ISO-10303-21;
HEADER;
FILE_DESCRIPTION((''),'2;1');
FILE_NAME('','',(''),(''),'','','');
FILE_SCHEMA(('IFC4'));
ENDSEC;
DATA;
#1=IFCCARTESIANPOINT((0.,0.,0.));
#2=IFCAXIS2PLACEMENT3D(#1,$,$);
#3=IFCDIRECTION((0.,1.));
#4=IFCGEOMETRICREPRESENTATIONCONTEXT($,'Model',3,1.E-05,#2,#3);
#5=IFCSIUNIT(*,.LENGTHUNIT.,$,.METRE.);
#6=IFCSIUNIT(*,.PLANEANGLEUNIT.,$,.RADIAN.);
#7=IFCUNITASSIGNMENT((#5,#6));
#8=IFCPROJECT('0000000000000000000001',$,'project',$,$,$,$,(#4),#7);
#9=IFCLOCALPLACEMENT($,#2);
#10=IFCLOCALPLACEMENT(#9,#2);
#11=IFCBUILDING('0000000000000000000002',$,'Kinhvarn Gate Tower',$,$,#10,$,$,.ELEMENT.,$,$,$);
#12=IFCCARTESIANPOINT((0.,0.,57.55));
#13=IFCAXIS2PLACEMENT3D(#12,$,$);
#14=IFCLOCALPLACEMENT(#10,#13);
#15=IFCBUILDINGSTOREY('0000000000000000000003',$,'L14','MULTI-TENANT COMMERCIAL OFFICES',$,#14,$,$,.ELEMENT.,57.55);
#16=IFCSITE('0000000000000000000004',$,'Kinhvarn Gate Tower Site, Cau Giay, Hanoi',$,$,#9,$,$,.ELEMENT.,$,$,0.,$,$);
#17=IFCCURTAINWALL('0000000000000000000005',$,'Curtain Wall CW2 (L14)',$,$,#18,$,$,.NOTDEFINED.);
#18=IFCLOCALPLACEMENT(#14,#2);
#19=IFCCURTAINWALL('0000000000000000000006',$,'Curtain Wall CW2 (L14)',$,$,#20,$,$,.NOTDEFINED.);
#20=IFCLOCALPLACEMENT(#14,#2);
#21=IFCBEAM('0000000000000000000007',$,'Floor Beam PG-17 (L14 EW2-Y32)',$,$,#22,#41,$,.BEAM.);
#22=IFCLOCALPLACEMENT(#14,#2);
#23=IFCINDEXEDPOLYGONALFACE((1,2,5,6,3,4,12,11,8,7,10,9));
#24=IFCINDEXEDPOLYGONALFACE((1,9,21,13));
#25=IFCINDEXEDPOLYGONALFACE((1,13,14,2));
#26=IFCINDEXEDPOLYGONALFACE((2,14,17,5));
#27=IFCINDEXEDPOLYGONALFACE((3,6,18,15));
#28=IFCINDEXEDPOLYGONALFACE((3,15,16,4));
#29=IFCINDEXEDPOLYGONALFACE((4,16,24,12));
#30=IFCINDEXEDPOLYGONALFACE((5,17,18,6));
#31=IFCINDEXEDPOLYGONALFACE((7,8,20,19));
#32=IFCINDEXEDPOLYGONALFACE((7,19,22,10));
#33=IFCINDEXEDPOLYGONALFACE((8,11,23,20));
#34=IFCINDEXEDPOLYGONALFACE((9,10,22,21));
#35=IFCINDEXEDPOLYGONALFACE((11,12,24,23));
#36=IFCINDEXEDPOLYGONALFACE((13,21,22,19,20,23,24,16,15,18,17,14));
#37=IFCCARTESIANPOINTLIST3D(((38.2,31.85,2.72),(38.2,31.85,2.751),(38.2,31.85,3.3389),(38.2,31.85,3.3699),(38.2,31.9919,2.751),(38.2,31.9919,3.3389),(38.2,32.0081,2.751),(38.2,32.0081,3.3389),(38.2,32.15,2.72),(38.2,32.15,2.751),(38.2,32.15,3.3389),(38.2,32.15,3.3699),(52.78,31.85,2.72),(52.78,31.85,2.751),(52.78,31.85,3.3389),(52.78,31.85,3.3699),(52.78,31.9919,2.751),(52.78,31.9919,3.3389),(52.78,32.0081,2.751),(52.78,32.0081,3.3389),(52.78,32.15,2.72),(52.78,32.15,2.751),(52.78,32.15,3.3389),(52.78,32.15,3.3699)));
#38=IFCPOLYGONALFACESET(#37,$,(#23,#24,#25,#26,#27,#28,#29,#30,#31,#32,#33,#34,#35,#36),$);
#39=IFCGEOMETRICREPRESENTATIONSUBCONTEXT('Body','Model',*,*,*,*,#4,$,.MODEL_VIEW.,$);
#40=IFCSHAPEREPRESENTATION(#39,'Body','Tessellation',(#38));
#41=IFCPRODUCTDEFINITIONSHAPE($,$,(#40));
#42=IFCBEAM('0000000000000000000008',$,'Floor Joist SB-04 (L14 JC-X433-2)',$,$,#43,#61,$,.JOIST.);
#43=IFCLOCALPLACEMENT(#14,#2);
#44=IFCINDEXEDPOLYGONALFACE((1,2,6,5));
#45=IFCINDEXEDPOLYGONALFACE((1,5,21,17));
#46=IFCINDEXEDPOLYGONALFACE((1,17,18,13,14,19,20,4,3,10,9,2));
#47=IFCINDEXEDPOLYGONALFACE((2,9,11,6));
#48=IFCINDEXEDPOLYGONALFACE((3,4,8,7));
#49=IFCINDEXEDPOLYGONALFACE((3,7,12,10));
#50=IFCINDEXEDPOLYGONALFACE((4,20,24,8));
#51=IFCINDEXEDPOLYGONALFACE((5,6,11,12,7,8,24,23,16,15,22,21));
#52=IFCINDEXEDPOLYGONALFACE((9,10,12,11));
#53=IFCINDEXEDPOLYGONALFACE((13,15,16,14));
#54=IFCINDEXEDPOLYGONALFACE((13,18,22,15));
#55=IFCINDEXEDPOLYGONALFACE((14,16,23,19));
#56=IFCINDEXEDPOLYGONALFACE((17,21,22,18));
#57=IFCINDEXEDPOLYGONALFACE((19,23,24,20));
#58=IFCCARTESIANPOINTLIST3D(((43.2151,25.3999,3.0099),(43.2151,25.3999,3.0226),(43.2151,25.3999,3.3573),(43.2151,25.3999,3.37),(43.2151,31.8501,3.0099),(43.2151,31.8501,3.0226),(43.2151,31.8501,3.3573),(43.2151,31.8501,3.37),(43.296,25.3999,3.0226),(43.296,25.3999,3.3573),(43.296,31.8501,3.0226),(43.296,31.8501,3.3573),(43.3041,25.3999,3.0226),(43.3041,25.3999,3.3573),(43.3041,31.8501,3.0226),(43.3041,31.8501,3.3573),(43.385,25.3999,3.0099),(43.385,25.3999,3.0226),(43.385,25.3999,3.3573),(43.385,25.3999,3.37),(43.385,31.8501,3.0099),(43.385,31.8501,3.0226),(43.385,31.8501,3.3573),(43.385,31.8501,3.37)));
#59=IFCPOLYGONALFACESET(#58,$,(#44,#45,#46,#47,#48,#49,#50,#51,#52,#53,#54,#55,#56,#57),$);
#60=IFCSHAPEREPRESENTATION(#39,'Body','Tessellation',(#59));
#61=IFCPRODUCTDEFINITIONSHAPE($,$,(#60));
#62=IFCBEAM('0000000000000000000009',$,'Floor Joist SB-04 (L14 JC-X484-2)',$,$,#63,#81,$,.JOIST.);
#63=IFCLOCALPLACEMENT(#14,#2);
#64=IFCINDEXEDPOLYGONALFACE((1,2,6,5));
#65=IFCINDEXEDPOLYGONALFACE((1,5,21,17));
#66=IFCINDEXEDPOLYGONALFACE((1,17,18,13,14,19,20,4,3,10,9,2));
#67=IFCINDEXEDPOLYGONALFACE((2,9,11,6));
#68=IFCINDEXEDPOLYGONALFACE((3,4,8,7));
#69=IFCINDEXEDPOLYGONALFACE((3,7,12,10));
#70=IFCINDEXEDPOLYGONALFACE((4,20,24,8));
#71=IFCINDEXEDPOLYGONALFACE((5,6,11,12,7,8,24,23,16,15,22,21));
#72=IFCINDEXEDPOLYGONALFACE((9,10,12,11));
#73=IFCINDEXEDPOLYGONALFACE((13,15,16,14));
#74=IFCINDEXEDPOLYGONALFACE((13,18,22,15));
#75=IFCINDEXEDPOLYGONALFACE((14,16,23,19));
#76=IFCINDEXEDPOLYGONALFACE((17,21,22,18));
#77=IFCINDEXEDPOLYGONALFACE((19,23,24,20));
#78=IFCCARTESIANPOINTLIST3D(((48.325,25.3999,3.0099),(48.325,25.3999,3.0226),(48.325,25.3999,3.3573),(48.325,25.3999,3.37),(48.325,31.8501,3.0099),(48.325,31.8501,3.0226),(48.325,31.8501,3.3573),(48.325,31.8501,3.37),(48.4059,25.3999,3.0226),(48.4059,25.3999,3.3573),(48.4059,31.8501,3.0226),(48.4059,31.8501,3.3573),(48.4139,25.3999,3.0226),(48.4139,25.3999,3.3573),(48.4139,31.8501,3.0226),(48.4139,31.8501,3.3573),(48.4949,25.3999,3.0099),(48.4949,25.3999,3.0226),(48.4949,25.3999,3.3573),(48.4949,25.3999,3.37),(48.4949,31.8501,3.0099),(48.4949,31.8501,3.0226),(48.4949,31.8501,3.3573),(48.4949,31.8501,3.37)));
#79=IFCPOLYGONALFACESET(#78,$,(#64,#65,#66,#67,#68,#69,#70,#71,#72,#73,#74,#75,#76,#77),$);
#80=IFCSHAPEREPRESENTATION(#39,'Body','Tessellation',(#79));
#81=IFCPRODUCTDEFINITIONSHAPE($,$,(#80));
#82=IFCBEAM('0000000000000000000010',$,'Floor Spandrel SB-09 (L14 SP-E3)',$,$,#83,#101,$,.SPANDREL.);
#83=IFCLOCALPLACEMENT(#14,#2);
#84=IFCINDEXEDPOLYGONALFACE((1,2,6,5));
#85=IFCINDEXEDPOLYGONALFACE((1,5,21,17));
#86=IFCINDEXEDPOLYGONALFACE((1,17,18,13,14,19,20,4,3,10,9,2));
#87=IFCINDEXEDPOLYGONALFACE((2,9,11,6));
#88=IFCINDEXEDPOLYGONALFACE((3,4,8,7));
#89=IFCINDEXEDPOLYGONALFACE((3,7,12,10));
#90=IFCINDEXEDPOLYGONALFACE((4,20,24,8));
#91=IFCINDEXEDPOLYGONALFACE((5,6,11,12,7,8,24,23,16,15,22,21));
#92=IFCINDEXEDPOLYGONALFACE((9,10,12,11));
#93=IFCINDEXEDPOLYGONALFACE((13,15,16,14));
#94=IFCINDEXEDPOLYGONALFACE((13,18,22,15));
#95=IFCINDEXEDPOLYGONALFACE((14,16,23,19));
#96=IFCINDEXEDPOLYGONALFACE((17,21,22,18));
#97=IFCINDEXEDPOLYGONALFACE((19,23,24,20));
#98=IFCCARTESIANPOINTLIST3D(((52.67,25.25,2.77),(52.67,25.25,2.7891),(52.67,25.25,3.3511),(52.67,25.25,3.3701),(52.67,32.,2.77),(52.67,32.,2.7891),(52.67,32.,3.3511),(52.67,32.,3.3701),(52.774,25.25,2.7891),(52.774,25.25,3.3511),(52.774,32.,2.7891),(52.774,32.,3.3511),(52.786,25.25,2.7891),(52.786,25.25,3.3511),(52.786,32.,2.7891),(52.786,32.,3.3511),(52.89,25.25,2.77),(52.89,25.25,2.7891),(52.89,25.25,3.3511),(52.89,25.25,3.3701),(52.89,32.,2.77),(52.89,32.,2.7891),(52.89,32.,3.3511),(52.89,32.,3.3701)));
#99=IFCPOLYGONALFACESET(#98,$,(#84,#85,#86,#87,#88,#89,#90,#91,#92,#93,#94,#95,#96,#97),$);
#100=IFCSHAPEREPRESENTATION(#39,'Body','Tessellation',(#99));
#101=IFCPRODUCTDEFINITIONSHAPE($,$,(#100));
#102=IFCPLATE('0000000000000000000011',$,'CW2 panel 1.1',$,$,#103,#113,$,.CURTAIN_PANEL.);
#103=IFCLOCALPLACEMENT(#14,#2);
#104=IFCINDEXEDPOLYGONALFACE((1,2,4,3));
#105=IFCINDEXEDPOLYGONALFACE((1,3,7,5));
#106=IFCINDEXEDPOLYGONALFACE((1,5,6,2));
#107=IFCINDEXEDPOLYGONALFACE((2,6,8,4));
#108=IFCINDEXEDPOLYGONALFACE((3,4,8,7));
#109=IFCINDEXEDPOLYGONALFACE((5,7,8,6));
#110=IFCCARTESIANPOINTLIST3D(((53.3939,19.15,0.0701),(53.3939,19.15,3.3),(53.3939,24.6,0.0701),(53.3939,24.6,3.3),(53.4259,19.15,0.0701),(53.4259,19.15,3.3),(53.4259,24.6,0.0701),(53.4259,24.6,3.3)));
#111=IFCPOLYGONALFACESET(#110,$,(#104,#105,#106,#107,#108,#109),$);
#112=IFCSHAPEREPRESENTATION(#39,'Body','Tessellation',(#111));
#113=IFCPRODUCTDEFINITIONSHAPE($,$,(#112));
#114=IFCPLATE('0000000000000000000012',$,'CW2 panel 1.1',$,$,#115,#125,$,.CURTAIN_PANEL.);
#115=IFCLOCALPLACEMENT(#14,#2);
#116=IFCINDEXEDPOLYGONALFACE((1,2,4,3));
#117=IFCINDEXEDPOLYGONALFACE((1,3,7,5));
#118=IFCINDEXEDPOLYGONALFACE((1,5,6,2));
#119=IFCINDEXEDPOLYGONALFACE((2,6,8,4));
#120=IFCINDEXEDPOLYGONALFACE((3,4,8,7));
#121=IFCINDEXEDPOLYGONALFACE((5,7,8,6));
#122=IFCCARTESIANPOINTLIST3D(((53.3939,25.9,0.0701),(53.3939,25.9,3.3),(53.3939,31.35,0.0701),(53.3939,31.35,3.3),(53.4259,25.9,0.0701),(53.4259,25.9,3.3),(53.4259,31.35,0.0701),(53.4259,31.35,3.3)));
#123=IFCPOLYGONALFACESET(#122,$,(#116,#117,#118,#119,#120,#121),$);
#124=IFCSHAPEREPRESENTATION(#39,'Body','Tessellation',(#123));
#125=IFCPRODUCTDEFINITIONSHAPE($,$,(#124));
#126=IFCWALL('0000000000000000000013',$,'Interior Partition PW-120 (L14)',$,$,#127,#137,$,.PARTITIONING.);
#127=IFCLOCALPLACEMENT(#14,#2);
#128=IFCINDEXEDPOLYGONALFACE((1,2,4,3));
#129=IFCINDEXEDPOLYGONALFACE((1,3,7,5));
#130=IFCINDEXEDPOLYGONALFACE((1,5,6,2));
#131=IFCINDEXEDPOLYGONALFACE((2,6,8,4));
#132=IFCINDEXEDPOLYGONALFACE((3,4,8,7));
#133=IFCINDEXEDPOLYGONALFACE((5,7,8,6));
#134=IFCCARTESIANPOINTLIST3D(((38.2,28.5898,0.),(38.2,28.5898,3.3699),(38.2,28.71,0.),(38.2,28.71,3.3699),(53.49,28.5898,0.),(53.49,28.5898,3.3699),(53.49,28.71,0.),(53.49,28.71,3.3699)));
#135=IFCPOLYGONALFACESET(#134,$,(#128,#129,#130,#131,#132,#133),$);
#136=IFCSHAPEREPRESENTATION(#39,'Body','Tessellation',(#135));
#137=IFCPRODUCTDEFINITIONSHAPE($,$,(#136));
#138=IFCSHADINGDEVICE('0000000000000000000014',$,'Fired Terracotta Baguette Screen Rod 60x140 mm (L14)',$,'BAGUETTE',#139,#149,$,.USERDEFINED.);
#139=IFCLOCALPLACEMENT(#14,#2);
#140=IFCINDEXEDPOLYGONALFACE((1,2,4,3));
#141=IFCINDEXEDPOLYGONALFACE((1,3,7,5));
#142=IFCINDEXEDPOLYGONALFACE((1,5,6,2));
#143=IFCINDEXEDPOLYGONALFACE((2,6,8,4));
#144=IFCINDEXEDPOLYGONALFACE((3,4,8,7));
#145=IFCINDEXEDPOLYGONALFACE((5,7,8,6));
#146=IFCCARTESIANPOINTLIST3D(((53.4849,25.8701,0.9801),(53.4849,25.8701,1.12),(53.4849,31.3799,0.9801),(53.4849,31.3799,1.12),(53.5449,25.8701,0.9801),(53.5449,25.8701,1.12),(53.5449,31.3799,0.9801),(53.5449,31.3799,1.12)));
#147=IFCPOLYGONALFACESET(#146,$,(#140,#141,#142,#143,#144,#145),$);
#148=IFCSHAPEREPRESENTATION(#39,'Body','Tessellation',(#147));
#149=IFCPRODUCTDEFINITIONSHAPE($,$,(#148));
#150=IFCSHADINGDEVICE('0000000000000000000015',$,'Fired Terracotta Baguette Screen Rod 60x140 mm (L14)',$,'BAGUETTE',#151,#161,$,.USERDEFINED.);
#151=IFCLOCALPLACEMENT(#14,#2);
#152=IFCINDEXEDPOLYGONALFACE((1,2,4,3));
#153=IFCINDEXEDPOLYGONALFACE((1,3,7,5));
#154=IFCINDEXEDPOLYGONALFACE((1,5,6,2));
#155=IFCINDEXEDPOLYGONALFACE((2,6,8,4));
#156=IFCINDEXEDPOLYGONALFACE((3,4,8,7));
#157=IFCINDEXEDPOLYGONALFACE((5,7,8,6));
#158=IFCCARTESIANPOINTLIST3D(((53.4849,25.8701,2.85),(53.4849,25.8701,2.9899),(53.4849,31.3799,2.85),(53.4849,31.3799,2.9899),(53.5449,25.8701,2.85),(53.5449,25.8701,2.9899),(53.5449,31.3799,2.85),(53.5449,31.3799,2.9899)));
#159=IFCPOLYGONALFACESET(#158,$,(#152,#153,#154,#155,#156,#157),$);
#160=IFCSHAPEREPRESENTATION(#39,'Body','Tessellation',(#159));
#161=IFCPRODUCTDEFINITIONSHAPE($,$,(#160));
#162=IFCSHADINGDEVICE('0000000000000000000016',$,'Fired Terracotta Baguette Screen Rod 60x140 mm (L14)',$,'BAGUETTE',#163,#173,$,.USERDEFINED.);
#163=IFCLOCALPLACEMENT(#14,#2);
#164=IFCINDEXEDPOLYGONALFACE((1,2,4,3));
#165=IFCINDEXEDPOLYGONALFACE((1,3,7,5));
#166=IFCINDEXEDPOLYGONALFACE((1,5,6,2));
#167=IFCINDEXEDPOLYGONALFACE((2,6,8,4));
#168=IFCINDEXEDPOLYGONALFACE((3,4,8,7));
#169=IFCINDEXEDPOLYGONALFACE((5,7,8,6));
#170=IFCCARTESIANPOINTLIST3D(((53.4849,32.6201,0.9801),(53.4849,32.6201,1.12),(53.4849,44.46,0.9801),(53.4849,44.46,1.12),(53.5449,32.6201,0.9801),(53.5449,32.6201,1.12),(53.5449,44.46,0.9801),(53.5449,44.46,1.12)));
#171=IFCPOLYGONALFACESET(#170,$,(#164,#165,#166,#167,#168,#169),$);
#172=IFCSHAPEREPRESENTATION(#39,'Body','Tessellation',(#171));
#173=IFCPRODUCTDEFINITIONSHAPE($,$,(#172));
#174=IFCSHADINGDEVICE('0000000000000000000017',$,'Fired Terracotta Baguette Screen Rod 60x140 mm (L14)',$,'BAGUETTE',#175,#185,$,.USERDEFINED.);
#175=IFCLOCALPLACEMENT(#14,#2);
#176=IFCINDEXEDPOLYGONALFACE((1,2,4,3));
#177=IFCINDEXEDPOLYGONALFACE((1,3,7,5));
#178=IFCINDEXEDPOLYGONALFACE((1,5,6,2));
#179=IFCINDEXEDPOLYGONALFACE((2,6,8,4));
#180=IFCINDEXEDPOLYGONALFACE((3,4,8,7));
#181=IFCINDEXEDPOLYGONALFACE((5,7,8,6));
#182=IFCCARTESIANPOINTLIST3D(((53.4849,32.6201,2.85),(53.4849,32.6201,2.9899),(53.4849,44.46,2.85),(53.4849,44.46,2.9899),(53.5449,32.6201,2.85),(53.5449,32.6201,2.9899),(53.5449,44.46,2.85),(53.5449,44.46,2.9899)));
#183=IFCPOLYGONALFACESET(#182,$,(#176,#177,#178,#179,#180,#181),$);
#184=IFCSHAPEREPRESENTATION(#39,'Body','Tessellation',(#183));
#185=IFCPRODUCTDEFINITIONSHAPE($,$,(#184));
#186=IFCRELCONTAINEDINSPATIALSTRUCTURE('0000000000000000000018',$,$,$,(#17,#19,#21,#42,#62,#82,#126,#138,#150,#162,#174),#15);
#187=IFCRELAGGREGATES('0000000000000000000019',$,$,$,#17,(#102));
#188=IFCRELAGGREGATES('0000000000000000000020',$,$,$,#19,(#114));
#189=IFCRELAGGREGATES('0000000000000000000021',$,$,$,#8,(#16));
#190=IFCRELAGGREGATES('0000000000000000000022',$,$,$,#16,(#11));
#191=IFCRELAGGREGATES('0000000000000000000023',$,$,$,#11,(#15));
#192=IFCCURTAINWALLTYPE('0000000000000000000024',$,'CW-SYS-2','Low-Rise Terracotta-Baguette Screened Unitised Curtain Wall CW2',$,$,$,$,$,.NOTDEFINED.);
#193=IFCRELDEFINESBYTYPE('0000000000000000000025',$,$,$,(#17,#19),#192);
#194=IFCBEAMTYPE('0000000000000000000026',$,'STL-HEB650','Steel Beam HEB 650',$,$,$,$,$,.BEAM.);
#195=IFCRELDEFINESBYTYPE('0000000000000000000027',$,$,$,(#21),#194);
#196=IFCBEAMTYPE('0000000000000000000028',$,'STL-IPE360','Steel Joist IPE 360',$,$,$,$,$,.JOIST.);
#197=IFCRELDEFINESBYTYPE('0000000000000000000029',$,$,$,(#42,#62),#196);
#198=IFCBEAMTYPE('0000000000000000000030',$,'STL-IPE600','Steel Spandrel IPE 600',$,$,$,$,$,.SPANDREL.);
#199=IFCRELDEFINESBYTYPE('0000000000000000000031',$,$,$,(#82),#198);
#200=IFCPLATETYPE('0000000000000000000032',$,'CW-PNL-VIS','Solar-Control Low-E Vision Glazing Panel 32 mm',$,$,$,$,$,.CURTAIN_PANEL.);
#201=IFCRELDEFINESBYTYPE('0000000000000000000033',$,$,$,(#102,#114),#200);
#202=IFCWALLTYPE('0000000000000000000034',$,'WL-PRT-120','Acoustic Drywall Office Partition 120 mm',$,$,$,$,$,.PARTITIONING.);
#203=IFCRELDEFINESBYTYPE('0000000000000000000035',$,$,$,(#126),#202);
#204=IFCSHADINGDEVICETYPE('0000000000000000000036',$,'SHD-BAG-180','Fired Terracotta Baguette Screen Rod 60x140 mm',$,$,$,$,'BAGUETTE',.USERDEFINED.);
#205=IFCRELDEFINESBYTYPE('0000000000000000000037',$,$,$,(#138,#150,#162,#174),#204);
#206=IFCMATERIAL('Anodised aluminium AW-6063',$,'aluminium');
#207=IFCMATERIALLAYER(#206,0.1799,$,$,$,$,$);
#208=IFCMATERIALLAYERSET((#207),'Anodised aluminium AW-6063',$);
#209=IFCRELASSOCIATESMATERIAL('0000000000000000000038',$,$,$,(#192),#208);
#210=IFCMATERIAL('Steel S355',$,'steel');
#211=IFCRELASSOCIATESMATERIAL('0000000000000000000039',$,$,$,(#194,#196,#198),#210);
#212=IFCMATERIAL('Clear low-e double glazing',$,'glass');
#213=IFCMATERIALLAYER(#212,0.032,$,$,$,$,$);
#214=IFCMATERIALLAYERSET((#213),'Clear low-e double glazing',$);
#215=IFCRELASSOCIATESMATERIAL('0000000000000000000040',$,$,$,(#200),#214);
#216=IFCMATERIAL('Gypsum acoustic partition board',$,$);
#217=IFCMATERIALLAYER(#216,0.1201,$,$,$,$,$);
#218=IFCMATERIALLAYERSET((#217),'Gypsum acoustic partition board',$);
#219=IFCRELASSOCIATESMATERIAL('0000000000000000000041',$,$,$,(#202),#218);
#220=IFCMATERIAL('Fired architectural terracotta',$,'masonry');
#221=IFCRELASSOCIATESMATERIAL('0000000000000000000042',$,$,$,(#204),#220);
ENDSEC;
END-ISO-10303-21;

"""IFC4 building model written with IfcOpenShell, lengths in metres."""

from ifc_helpers import new_model, si_unit, direction, frame, frame_2d, origin, origin_2d, place, context, subcontext, project, spatial, rectangle, i_section, extrude, material, layer, layer_set, material_profile, profile_set, type_object, element, aggregate, save


model = new_model("IFC4")

# Units and contexts
model_context = context("Model", 3, precision=1e-05, world=origin(), true_north=direction((0.0, 1.0)))
body_context = subcontext(model_context, "Body", "Model", "MODEL_VIEW")
ifc_project = project(units=[si_unit("LENGTHUNIT", "METRE"), si_unit("PLANEANGLEUNIT", "RADIAN")], contexts=[model_context])

# Site, building, storey
site_placement = place(None, origin())
site = spatial("IfcSite", under=ifc_project, at=site_placement, Name="Kinhvarn Gate Tower Site, Cau Giay, Hanoi", CompositionType="ELEMENT", RefElevation=0.0)
building_placement = place(site_placement, origin())
building = spatial("IfcBuilding", under=site, at=building_placement, Name="Kinhvarn Gate Tower", CompositionType="ELEMENT")
storey_placement = place(building_placement, frame((0.0, 0.0, 57.55)))
storey = spatial("IfcBuildingStorey", under=building, at=storey_placement, Name="L14", Description="MULTI-TENANT COMMERCIAL OFFICES", CompositionType="ELEMENT", Elevation=57.55)

# Curtain wall
ifc_material_1 = material(Name="Anodised aluminium AW-6063", Category="aluminium")
ifc_layer_1 = layer(ifc_material_1, 0.1799)
ifc_layer_set_1 = layer_set([ifc_layer_1], Name="Anodised aluminium AW-6063")
curtain_wall_type = type_object("IfcCurtainWallType", Name="CW-SYS-2", Description="Low-Rise Terracotta-Baguette Screened Unitised Curtain Wall CW2", PredefinedType="NOTDEFINED", material=ifc_layer_set_1)
curtain_wall_1_placement = place(storey_placement, origin())
curtain_wall_1 = element("IfcCurtainWall", 1, at=curtain_wall_1_placement, inside=storey, type_object=curtain_wall_type, Name="Curtain Wall CW2 (L14)", PredefinedType="NOTDEFINED")

# Curtain wall
curtain_wall_2_placement = place(storey_placement, origin())
curtain_wall_2 = element("IfcCurtainWall", 2, at=curtain_wall_2_placement, inside=storey, type_object=curtain_wall_type, Name="Curtain Wall CW2 (L14)", PredefinedType="NOTDEFINED")

# Beams
ifc_material_2 = material(Name="Steel S355", Category="steel")
ifc_material_profile_1 = material_profile(ifc_material_2, i_section(OverallWidth=0.3, OverallDepth=0.6499, WebThickness=0.0161, FlangeThickness=0.031, at=origin_2d()), Name="HEB 650")
ifc_profile_set_1 = profile_set([ifc_material_profile_1], Name="Steel S355")
beam_type_1 = type_object("IfcBeamType", Name="STL-HEB650", Description="Steel Beam HEB 650", PredefinedType="BEAM", material=ifc_profile_set_1)
beam_1_placement = place(storey_placement, frame((38.2, 32.0, 3.0449), z_axis=(1.0, 0.0, 0.0), x_axis=(0.0, 1.0, 0.0)))
element("IfcBeam", 3, at=beam_1_placement, inside=storey, type_object=beam_type_1, Name="Floor Beam PG-17 (L14 EW2-Y32)", PredefinedType="BEAM", context=body_context, shape_type="SweptSolid", body=[
    extrude(i_section(OverallWidth=0.3, OverallDepth=0.6499, WebThickness=0.0161, FlangeThickness=0.031, at=origin_2d()), origin(), (0.0, 0.0, 1.0), 14.5801),
])
ifc_material_profile_2 = material_profile(ifc_material_2, i_section(OverallWidth=0.1699, OverallDepth=0.3601, WebThickness=0.0081, FlangeThickness=0.0127, at=origin_2d()), Name="IPE 360")
ifc_profile_set_2 = profile_set([ifc_material_profile_2], Name="Steel S355")
beam_type_2 = type_object("IfcBeamType", Name="STL-IPE360", Description="Steel Joist IPE 360", PredefinedType="JOIST", material=ifc_profile_set_2)
for number, where, z_axis, x_axis, name in (
    (4, (43.3, 25.3999, 3.1899), (0.0, 1.0, 0.0), (-1.0, 0.0, 0.0), "Floor Joist SB-04 (L14 JC-X433-2)"),
    (5, (48.4099, 25.3999, 3.1899), (0.0, 1.0, 0.0), (-1.0, 0.0, 0.0), "Floor Joist SB-04 (L14 JC-X484-2)"),
):
    element("IfcBeam", number, at=place(storey_placement, frame(where, z_axis=z_axis, x_axis=x_axis)), inside=storey, type_object=beam_type_2, Name=name, PredefinedType="JOIST", context=body_context, shape_type="SweptSolid", body=[
        extrude(i_section(OverallWidth=0.1699, OverallDepth=0.3601, WebThickness=0.0081, FlangeThickness=0.0127, at=origin_2d()), origin(), (0.0, 0.0, 1.0), 6.4502),
    ])
ifc_material_profile_3 = material_profile(ifc_material_2, i_section(OverallWidth=0.22, OverallDepth=0.6001, WebThickness=0.012, FlangeThickness=0.019, at=origin_2d()), Name="IPE 600")
ifc_profile_set_3 = profile_set([ifc_material_profile_3], Name="Steel S355")
beam_type_3 = type_object("IfcBeamType", Name="STL-IPE600", Description="Steel Spandrel IPE 600", PredefinedType="SPANDREL", material=ifc_profile_set_3)
beam_2_placement = place(storey_placement, frame((52.78, 25.25, 3.0701), z_axis=(0.0, 1.0, 0.0), x_axis=(-1.0, 0.0, 0.0)))
element("IfcBeam", 6, at=beam_2_placement, inside=storey, type_object=beam_type_3, Name="Floor Spandrel SB-09 (L14 SP-E3)", PredefinedType="SPANDREL", context=body_context, shape_type="SweptSolid", body=[
    extrude(i_section(OverallWidth=0.22, OverallDepth=0.6001, WebThickness=0.012, FlangeThickness=0.019, at=origin_2d()), origin(), (0.0, 0.0, 1.0), 6.75),
])

# Plates
ifc_material_3 = material(Name="Clear low-e double glazing", Category="glass")
ifc_layer_2 = layer(ifc_material_3, 0.032)
ifc_layer_set_2 = layer_set([ifc_layer_2], Name="Clear low-e double glazing")
plate_type = type_object("IfcPlateType", Name="CW-PNL-VIS", Description="Solar-Control Low-E Vision Glazing Panel 32 mm", PredefinedType="CURTAIN_PANEL", material=ifc_layer_set_2)
plate_1_placement = place(storey_placement, frame((53.4099, 21.875, 0.0701), z_axis=(0.0, 0.0, 1.0), x_axis=(0.0, 1.0, 0.0)))
plate_1 = element("IfcPlate", 7, at=plate_1_placement, type_object=plate_type, Name="CW2 panel 1.1", PredefinedType="CURTAIN_PANEL", context=body_context, shape_type="SweptSolid", body=[
    extrude(rectangle(XDim=5.45, YDim=0.032, at=origin_2d()), origin(), (0.0, 0.0, 1.0), 3.23),
])
aggregate(curtain_wall_1, [plate_1])
plate_2_placement = place(storey_placement, frame((53.4099, 28.625, 0.0701), z_axis=(0.0, 0.0, 1.0), x_axis=(0.0, 1.0, 0.0)))
plate_2 = element("IfcPlate", 8, at=plate_2_placement, type_object=plate_type, Name="CW2 panel 1.1", PredefinedType="CURTAIN_PANEL", context=body_context, shape_type="SweptSolid", body=[
    extrude(rectangle(XDim=5.45, YDim=0.032, at=origin_2d()), origin(), (0.0, 0.0, 1.0), 3.23),
])
aggregate(curtain_wall_2, [plate_2])

# Wall
ifc_material_4 = material(Name="Gypsum acoustic partition board")
ifc_layer_3 = layer(ifc_material_4, 0.1201)
ifc_layer_set_3 = layer_set([ifc_layer_3], Name="Gypsum acoustic partition board")
wall_type = type_object("IfcWallType", Name="WL-PRT-120", Description="Acoustic Drywall Office Partition 120 mm", PredefinedType="PARTITIONING", material=ifc_layer_set_3)
wall_placement = place(storey_placement, frame((38.2, 28.6499, 0.0), z_axis=(0.0, 0.0, 1.0), x_axis=(1.0, 0.0, 0.0)))
element("IfcWall", 9, at=wall_placement, inside=storey, type_object=wall_type, Name="Interior Partition PW-120 (L14)", PredefinedType="PARTITIONING", context=body_context, shape_type="SweptSolid", body=[
    extrude(rectangle(XDim=15.29, YDim=0.1201, at=frame_2d((7.645, 0.0))), origin(), (0.0, 0.0, 1.0), 3.3699),
])

# Shading devices
ifc_material_5 = material(Name="Fired architectural terracotta", Category="masonry")
ifc_material_profile_4 = material_profile(ifc_material_5, rectangle(XDim=0.0601, YDim=0.1399, at=origin_2d()), Name="TC 60x140")
ifc_profile_set_4 = profile_set([ifc_material_profile_4], Name="Fired architectural terracotta")
shading_device_type = type_object("IfcShadingDeviceType", Name="SHD-BAG-180", Description="Fired Terracotta Baguette Screen Rod 60x140 mm", ElementType="BAGUETTE", PredefinedType="USERDEFINED", material=ifc_profile_set_4)
for number, where, z_axis, x_axis, name in (
    (10, (53.5149, 25.8701, 1.05), (0.0, 1.0, 0.0), (-1.0, 0.0, 0.0), "Fired Terracotta Baguette Screen Rod 60x140 mm (L14)"),
    (11, (53.5149, 25.8701, 2.9199), (0.0, 1.0, 0.0), (-1.0, 0.0, 0.0), "Fired Terracotta Baguette Screen Rod 60x140 mm (L14)"),
):
    element("IfcShadingDevice", number, at=place(storey_placement, frame(where, z_axis=z_axis, x_axis=x_axis)), inside=storey, type_object=shading_device_type, Name=name, ObjectType="BAGUETTE", PredefinedType="USERDEFINED", context=body_context, shape_type="SweptSolid", body=[
        extrude(rectangle(XDim=0.0601, YDim=0.1399, at=origin_2d()), origin(), (0.0, 0.0, 1.0), 5.5098),
    ])
for number, where, z_axis, x_axis, name in (
    (12, (53.5149, 32.6201, 1.05), (0.0, 1.0, 0.0), (-1.0, 0.0, 0.0), "Fired Terracotta Baguette Screen Rod 60x140 mm (L14)"),
    (13, (53.5149, 32.6201, 2.9199), (0.0, 1.0, 0.0), (-1.0, 0.0, 0.0), "Fired Terracotta Baguette Screen Rod 60x140 mm (L14)"),
):
    element("IfcShadingDevice", number, at=place(storey_placement, frame(where, z_axis=z_axis, x_axis=x_axis)), inside=storey, type_object=shading_device_type, Name=name, ObjectType="BAGUETTE", PredefinedType="USERDEFINED", context=body_context, shape_type="SweptSolid", body=[
        extrude(rectangle(XDim=0.0601, YDim=0.1399, at=origin_2d()), origin(), (0.0, 0.0, 1.0), 11.8398),
    ])

save(model, "model.ifc")
